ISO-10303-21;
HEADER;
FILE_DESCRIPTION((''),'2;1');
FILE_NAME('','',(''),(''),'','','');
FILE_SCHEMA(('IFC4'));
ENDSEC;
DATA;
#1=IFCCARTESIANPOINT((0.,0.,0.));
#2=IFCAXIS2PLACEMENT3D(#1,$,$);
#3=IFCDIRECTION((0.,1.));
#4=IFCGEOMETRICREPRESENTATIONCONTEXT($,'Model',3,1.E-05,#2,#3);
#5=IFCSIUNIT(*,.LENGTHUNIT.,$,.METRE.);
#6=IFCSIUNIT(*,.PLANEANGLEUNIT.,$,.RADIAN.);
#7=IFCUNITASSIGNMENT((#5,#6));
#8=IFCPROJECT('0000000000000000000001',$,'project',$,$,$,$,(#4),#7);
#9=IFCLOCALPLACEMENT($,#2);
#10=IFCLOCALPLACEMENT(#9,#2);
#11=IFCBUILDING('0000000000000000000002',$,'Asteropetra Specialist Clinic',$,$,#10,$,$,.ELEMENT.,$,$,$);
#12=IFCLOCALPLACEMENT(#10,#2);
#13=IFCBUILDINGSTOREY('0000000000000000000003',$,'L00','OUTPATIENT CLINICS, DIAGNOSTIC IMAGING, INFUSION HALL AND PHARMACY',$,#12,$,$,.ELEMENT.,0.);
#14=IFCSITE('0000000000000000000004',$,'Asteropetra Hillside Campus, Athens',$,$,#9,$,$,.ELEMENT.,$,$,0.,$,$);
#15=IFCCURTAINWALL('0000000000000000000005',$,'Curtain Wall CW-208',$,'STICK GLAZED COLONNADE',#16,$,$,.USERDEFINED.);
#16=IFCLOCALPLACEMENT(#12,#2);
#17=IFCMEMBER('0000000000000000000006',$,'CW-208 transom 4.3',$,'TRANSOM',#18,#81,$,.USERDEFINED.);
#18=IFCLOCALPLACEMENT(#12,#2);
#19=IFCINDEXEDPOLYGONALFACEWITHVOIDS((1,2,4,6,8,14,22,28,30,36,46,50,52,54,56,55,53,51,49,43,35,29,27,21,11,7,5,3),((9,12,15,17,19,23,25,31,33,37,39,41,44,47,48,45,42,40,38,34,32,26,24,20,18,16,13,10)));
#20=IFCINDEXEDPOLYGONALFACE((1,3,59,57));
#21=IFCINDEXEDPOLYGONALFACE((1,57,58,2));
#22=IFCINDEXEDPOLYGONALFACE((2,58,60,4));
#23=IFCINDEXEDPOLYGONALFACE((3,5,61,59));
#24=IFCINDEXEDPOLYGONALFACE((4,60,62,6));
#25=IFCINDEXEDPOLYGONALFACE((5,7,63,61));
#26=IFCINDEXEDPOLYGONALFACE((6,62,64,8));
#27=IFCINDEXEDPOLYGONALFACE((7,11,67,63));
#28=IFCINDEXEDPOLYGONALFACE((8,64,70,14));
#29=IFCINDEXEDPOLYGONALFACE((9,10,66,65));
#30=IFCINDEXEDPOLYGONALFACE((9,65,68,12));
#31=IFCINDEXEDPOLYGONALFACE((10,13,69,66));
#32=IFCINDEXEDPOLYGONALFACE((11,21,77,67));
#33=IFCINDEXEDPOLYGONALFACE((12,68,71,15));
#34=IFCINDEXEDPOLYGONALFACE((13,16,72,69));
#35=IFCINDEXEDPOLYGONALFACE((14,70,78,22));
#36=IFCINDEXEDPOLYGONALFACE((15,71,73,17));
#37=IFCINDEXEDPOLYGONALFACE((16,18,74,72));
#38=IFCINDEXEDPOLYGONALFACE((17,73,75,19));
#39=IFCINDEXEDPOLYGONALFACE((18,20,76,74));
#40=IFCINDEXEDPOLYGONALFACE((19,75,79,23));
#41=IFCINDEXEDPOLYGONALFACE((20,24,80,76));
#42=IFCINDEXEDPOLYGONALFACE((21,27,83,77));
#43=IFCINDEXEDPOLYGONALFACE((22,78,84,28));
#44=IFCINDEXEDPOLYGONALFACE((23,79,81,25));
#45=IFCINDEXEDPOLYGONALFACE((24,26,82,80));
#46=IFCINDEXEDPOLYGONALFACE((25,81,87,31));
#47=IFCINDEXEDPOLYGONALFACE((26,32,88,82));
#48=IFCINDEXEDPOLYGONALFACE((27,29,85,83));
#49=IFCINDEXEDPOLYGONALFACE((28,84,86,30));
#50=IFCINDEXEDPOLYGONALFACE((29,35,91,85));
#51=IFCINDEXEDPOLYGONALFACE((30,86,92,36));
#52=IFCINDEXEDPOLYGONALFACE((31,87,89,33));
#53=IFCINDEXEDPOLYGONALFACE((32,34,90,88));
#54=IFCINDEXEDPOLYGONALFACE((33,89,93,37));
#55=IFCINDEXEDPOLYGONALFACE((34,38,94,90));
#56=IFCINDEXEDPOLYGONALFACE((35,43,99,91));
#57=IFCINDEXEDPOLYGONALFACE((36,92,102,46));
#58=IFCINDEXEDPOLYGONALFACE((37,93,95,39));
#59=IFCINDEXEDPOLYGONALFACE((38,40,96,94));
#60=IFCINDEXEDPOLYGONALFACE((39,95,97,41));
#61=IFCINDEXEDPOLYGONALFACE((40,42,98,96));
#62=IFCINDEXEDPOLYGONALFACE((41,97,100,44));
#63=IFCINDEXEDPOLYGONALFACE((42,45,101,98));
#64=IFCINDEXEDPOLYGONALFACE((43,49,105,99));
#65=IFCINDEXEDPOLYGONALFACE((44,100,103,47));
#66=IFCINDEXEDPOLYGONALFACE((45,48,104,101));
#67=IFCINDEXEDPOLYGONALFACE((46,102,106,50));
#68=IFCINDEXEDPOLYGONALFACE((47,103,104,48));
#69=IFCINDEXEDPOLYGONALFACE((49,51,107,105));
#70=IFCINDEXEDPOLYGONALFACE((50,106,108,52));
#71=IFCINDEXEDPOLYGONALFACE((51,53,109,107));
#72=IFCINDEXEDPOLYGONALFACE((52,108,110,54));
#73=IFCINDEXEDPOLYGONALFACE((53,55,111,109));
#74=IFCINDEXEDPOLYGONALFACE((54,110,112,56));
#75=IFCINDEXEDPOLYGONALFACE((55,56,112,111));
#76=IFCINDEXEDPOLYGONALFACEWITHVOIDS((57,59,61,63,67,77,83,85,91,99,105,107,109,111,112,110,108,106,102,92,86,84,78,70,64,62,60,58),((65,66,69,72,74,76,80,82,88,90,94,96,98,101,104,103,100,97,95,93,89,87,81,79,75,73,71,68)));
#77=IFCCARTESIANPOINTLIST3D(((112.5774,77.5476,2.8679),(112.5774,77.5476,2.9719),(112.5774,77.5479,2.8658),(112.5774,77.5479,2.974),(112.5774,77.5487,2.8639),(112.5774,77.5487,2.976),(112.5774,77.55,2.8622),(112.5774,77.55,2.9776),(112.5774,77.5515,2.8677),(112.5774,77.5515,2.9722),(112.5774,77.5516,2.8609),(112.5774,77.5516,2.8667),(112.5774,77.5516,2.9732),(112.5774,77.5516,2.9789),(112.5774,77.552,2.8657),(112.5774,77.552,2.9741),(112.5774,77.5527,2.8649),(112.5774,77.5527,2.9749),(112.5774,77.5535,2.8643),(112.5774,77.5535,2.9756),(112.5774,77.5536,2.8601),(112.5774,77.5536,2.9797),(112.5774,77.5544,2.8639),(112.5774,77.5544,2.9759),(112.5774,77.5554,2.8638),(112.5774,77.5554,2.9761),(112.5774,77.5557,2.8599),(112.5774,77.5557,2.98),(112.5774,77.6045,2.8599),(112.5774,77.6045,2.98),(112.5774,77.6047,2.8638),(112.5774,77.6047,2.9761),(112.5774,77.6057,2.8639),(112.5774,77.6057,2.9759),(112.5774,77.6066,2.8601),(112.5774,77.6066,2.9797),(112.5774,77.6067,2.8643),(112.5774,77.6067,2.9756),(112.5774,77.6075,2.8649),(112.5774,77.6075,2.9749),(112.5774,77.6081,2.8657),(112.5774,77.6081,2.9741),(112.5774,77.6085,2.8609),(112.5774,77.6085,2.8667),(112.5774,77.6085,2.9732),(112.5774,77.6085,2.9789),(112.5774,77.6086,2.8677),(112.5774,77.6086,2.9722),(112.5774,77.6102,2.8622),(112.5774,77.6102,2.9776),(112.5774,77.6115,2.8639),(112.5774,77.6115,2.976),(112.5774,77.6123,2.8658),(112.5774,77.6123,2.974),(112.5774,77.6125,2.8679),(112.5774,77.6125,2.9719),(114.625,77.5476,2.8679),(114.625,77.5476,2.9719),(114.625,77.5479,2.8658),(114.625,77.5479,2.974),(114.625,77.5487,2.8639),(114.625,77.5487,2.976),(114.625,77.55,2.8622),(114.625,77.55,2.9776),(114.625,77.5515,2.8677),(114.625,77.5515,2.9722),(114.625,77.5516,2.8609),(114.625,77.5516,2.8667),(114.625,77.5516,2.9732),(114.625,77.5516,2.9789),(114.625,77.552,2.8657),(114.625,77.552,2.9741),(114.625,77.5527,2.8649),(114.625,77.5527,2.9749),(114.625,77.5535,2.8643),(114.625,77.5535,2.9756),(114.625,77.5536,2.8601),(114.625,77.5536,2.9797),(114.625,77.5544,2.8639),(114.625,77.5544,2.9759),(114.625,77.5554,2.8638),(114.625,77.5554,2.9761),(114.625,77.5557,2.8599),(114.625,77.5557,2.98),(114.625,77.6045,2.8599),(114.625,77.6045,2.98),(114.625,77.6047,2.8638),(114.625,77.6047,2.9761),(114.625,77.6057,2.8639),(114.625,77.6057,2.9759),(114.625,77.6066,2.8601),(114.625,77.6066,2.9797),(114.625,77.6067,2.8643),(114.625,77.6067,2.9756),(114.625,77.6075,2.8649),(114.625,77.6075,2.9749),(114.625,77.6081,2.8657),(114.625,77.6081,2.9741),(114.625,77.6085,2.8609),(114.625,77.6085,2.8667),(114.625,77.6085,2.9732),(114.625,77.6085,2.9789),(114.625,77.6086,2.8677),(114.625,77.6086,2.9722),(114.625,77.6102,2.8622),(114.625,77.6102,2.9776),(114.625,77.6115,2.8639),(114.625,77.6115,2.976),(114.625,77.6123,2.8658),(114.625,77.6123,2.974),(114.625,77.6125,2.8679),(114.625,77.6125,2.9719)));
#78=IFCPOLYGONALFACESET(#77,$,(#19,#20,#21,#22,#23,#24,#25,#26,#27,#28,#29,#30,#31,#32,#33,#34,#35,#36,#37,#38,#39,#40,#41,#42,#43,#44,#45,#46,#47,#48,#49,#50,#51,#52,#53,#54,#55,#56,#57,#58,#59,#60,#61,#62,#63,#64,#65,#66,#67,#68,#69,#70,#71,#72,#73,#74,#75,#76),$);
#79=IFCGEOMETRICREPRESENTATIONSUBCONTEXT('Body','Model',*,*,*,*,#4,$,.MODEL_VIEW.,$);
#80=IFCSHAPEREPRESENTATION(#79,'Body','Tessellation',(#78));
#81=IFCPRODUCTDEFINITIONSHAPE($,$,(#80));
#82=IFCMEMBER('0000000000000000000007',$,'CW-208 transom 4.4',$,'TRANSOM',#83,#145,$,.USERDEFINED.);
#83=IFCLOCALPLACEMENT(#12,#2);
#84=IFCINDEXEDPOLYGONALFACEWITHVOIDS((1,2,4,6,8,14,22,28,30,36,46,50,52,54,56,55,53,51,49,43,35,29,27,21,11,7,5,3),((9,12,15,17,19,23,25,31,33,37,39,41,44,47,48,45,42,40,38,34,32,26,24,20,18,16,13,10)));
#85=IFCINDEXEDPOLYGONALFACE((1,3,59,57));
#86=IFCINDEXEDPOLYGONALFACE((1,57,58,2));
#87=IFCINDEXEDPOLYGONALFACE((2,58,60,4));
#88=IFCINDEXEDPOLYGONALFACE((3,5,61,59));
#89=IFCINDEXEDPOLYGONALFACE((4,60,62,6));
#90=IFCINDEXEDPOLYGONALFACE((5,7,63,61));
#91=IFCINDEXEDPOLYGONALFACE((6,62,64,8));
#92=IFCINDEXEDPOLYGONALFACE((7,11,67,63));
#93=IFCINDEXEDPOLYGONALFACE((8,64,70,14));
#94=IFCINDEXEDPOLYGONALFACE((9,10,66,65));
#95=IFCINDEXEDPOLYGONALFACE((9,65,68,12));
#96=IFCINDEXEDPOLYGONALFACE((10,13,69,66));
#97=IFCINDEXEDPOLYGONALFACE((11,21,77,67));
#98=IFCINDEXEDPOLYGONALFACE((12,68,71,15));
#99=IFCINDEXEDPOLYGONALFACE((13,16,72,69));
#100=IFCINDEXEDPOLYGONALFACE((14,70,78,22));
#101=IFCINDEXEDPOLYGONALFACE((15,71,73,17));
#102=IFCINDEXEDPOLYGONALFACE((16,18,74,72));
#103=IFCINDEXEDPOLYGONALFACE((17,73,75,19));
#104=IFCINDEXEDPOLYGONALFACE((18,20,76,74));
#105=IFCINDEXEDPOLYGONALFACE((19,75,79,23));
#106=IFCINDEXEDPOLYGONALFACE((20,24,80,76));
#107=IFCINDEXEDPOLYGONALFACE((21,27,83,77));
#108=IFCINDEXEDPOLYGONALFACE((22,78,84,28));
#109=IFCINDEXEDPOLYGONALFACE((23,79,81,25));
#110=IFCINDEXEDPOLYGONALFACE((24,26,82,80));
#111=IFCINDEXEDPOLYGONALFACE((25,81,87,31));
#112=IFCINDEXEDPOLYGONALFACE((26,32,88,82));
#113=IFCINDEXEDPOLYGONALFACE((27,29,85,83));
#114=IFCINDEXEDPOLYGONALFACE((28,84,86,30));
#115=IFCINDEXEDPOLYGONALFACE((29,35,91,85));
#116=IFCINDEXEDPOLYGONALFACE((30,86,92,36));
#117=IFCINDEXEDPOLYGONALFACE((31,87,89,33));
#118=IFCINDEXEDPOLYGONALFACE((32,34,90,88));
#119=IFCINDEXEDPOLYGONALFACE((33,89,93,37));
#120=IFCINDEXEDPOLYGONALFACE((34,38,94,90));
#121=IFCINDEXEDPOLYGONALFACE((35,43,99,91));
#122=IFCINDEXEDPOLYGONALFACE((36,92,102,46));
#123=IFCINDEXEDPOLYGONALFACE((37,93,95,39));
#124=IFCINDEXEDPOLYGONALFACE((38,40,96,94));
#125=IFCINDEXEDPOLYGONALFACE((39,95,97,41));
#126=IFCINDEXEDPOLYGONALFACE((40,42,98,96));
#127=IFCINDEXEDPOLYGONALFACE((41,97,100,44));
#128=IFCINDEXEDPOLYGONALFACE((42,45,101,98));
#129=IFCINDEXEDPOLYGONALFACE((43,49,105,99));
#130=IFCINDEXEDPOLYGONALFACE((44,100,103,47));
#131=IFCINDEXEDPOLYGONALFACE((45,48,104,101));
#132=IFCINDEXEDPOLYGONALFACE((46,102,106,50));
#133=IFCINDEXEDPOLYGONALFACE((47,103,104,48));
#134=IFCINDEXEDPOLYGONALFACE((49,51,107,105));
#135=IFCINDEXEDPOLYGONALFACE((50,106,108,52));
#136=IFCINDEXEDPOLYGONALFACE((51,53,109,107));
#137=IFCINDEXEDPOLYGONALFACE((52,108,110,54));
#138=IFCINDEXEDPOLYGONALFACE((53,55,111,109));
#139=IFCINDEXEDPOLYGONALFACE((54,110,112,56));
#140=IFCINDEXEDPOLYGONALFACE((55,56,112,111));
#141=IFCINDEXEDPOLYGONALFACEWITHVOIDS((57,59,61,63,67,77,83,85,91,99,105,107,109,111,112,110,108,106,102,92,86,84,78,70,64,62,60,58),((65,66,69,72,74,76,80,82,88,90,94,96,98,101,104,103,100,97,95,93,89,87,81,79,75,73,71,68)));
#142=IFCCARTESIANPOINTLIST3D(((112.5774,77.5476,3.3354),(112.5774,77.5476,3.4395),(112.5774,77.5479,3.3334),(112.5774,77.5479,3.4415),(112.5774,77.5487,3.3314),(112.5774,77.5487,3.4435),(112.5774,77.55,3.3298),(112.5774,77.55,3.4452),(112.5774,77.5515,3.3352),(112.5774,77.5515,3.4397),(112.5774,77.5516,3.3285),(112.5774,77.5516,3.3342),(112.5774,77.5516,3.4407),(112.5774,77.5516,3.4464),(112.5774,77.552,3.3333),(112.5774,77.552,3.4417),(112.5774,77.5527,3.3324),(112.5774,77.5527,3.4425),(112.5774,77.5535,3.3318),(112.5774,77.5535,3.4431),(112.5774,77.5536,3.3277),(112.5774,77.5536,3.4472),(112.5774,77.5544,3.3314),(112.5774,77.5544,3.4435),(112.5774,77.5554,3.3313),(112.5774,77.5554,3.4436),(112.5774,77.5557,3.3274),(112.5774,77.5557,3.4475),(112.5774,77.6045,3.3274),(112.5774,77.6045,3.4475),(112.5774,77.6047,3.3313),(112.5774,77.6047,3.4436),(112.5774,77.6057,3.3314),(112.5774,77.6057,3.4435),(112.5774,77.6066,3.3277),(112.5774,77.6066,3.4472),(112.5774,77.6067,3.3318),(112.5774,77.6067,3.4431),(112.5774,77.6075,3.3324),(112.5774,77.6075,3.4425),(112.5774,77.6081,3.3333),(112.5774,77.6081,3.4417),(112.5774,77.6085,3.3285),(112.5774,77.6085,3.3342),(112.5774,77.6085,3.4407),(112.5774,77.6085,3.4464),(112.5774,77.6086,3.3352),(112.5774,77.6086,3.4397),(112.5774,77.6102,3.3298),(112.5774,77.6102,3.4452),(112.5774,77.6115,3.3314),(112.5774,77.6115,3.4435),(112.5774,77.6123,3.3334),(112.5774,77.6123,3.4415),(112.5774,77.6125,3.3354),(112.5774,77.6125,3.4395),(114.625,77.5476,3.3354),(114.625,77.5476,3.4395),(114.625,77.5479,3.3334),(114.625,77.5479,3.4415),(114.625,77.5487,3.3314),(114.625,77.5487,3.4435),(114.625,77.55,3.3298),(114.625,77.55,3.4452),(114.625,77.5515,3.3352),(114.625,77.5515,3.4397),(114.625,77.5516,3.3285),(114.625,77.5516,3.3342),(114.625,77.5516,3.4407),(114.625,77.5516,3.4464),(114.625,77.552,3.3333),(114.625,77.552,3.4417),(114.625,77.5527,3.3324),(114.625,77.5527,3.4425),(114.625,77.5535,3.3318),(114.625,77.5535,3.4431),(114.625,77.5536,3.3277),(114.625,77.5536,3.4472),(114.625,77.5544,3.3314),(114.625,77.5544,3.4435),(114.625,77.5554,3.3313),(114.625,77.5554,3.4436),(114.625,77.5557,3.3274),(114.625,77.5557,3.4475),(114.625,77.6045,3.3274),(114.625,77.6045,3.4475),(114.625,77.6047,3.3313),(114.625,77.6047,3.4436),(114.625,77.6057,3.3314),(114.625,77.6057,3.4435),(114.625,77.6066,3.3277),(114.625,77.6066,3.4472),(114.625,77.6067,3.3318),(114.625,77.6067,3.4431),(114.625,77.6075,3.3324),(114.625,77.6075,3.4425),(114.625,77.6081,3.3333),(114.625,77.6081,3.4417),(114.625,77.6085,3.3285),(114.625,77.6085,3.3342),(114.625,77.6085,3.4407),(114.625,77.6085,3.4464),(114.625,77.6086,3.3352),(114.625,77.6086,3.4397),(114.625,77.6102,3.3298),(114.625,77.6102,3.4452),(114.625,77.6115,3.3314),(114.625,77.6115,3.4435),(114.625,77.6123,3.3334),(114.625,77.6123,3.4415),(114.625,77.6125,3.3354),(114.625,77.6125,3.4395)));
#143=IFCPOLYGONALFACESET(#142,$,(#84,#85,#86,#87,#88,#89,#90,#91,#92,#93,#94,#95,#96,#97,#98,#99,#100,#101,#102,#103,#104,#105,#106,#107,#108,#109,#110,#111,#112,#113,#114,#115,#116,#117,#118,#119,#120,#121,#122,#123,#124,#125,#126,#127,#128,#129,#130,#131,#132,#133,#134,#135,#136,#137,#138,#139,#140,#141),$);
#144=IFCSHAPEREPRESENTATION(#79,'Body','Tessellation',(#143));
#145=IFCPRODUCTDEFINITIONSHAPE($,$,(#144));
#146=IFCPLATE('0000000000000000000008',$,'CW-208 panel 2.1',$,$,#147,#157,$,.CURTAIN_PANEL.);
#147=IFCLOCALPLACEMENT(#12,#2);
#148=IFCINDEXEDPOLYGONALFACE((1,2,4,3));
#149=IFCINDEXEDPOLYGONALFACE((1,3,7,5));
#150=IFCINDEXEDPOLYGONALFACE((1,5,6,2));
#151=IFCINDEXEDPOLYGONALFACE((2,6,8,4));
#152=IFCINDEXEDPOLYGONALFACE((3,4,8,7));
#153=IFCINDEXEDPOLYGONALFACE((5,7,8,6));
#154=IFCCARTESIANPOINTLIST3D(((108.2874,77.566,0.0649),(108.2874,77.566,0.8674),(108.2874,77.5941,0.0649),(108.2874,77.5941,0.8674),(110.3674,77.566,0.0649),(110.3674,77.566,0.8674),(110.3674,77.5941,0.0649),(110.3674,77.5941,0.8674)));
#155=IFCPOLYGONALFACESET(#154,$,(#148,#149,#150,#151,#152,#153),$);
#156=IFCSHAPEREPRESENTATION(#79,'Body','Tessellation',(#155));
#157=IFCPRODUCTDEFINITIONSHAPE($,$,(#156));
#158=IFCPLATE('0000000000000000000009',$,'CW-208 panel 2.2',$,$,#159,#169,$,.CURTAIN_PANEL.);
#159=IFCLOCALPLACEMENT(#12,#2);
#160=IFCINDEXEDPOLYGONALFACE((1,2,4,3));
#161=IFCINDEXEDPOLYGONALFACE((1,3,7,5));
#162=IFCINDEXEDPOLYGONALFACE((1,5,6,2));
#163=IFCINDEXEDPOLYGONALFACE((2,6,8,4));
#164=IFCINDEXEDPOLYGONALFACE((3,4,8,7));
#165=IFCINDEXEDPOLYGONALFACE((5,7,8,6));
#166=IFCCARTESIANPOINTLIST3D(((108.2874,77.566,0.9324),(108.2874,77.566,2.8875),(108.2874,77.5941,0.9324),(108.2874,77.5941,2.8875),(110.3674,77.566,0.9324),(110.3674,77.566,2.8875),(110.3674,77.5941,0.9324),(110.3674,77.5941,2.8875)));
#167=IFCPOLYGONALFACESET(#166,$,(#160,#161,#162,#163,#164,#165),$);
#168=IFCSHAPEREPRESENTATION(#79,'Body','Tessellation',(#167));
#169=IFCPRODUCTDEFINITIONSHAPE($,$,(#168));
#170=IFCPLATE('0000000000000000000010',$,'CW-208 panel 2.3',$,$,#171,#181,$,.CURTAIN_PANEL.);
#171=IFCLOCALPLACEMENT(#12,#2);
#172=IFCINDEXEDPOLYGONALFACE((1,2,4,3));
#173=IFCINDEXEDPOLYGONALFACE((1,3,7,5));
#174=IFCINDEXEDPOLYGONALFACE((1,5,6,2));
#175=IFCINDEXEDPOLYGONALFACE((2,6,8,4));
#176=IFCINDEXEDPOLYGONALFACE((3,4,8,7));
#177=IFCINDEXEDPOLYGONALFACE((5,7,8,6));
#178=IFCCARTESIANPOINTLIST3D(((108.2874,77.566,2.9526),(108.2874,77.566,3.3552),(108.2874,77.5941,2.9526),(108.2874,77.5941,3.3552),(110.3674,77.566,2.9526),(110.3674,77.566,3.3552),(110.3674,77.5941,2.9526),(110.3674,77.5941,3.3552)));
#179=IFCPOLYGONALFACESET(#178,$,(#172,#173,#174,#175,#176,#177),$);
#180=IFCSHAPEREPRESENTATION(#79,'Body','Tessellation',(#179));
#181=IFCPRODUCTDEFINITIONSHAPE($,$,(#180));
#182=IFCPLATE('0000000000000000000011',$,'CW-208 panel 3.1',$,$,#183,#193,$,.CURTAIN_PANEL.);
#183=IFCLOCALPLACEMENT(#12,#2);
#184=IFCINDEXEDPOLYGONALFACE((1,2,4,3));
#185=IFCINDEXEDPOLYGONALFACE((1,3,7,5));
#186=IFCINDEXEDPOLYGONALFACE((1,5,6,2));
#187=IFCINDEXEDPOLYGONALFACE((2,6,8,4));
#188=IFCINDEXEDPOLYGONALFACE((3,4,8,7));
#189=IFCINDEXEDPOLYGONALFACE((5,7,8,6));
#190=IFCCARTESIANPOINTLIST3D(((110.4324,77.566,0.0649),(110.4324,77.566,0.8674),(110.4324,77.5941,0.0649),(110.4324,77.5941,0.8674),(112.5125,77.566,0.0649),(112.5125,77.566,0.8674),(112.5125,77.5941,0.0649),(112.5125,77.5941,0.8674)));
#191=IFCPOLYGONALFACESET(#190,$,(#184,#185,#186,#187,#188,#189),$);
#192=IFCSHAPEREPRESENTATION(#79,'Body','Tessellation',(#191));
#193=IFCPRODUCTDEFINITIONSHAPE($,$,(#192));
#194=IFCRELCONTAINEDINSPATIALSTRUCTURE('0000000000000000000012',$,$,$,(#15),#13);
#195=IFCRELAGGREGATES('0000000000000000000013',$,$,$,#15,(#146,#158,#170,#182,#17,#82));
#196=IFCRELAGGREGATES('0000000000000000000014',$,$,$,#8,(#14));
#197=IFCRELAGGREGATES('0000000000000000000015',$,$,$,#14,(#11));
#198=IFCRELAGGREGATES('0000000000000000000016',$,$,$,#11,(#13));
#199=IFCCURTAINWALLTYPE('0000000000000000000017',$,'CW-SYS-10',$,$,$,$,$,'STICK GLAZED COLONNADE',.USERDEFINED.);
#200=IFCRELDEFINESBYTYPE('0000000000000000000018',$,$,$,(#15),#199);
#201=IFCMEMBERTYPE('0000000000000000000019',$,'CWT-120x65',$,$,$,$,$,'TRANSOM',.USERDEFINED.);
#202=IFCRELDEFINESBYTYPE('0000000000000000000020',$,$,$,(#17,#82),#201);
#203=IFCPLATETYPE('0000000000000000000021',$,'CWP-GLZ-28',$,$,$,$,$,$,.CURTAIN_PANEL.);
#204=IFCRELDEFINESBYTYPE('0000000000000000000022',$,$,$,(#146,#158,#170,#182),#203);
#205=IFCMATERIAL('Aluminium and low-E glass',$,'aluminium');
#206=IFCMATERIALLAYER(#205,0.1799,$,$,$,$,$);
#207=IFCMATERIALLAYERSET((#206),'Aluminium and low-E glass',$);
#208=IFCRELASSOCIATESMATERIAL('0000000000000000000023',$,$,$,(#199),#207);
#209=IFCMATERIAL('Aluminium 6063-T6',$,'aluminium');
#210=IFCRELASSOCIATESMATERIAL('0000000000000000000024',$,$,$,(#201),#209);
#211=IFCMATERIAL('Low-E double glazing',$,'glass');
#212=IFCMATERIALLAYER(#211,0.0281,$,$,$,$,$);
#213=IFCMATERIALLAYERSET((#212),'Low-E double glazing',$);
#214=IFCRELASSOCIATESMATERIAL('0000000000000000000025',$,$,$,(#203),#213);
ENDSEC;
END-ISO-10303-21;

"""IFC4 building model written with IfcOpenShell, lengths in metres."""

from ifc_helpers import new_model, si_unit, direction, frame, origin, origin_2d, place, context, subcontext, project, spatial, rectangle, hollow_rectangle, extrude, material, layer, layer_set, material_profile, profile_set, type_object, element, aggregate, save


model = new_model("IFC4")

# Units and contexts
model_context = context("Model", 3, precision=1e-05, world=origin(), true_north=direction((0.0, 1.0)))
body_context = subcontext(model_context, "Body", "Model", "MODEL_VIEW")
ifc_project = project(units=[si_unit("LENGTHUNIT", "METRE"), si_unit("PLANEANGLEUNIT", "RADIAN")], contexts=[model_context])

# Site, building, storey
site_placement = place(None, origin())
site = spatial("IfcSite", under=ifc_project, at=site_placement, Name="Asteropetra Hillside Campus, Athens", CompositionType="ELEMENT", RefElevation=0.0)
building_placement = place(site_placement, origin())
building = spatial("IfcBuilding", under=site, at=building_placement, Name="Asteropetra Specialist Clinic", CompositionType="ELEMENT")
storey_placement = place(building_placement, origin())
storey = spatial("IfcBuildingStorey", under=building, at=storey_placement, Name="L00", Description="OUTPATIENT CLINICS, DIAGNOSTIC IMAGING, INFUSION HALL AND PHARMACY", CompositionType="ELEMENT", Elevation=0.0)

# Curtain wall, members, plates
ifc_material_1 = material(Name="Aluminium and low-E glass", Category="aluminium")
ifc_layer_1 = layer(ifc_material_1, 0.1799)
ifc_layer_set_1 = layer_set([ifc_layer_1], Name="Aluminium and low-E glass")
curtain_wall_type = type_object("IfcCurtainWallType", Name="CW-SYS-10", ElementType="STICK GLAZED COLONNADE", PredefinedType="USERDEFINED", material=ifc_layer_set_1)
curtain_wall_placement = place(storey_placement, origin())
curtain_wall = element("IfcCurtainWall", 1, at=curtain_wall_placement, inside=storey, type_object=curtain_wall_type, Name="Curtain Wall CW-208", ObjectType="STICK GLAZED COLONNADE", PredefinedType="USERDEFINED")
ifc_material_2 = material(Name="Aluminium 6063-T6", Category="aluminium")
ifc_material_profile_1 = material_profile(ifc_material_2, hollow_rectangle(XDim=0.0649, YDim=0.1201, WallThickness=0.0039, InnerFilletRadius=0.0039, OuterFilletRadius=0.0081, at=origin_2d()), Name="TRN 120x65x4.0")
ifc_profile_set_1 = profile_set([ifc_material_profile_1], Name="Aluminium 6063-T6")
member_type_1 = type_object("IfcMemberType", Name="CWT-120x65", ElementType="TRANSOM", PredefinedType="USERDEFINED", material=ifc_profile_set_1)
member_1_placement = place(storey_placement, frame((112.5774, 77.5801, 2.9199), z_axis=(1.0, 0.0, 0.0), x_axis=(0.0, 1.0, 0.0)))
member_1 = element("IfcMember", 2, at=member_1_placement, type_object=member_type_1, Name="CW-208 transom 4.3", ObjectType="TRANSOM", PredefinedType="USERDEFINED", context=body_context, shape_type="SweptSolid", body=[
    extrude(hollow_rectangle(XDim=0.0649, YDim=0.1201, WallThickness=0.0039, InnerFilletRadius=0.0039, OuterFilletRadius=0.0081, at=origin_2d()), origin(), (0.0, 0.0, 1.0), 2.0476),
])
member_2_placement = place(storey_placement, frame((112.5774, 77.5801, 3.3875), z_axis=(1.0, 0.0, 0.0), x_axis=(0.0, 1.0, 0.0)))
member_2 = element("IfcMember", 3, at=member_2_placement, type_object=member_type_1, Name="CW-208 transom 4.4", ObjectType="TRANSOM", PredefinedType="USERDEFINED", context=body_context, shape_type="SweptSolid", body=[
    extrude(hollow_rectangle(XDim=0.0649, YDim=0.1201, WallThickness=0.0039, InnerFilletRadius=0.0039, OuterFilletRadius=0.0081, at=origin_2d()), origin(), (0.0, 0.0, 1.0), 2.0476),
])
ifc_material_3 = material(Name="Low-E double glazing", Category="glass")
ifc_layer_2 = layer(ifc_material_3, 0.0281)
ifc_layer_set_2 = layer_set([ifc_layer_2], Name="Low-E double glazing")
plate_type = type_object("IfcPlateType", Name="CWP-GLZ-28", PredefinedType="CURTAIN_PANEL", material=ifc_layer_set_2)
plate_1_placement = place(storey_placement, frame((109.3274, 77.5801, 0.0649), z_axis=(0.0, 0.0, 1.0), x_axis=(1.0, 0.0, 0.0)))
plate_1 = element("IfcPlate", 4, at=plate_1_placement, type_object=plate_type, Name="CW-208 panel 2.1", PredefinedType="CURTAIN_PANEL", context=body_context, shape_type="SweptSolid", body=[
    extrude(rectangle(XDim=2.0801, YDim=0.0281, at=origin_2d()), origin(), (0.0, 0.0, 1.0), 0.8025),
])
plate_2_placement = place(storey_placement, frame((109.3274, 77.5801, 0.9324), z_axis=(0.0, 0.0, 1.0), x_axis=(1.0, 0.0, 0.0)))
plate_2 = element("IfcPlate", 5, at=plate_2_placement, type_object=plate_type, Name="CW-208 panel 2.2", PredefinedType="CURTAIN_PANEL", context=body_context, shape_type="SweptSolid", body=[
    extrude(rectangle(XDim=2.0801, YDim=0.0281, at=origin_2d()), origin(), (0.0, 0.0, 1.0), 1.9551),
])
plate_3_placement = place(storey_placement, frame((109.3274, 77.5801, 2.9526), z_axis=(0.0, 0.0, 1.0), x_axis=(1.0, 0.0, 0.0)))
plate_3 = element("IfcPlate", 6, at=plate_3_placement, type_object=plate_type, Name="CW-208 panel 2.3", PredefinedType="CURTAIN_PANEL", context=body_context, shape_type="SweptSolid", body=[
    extrude(rectangle(XDim=2.0801, YDim=0.0281, at=origin_2d()), origin(), (0.0, 0.0, 1.0), 0.4026),
])
plate_4_placement = place(storey_placement, frame((111.4724, 77.5801, 0.0649), z_axis=(0.0, 0.0, 1.0), x_axis=(1.0, 0.0, 0.0)))
plate_4 = element("IfcPlate", 7, at=plate_4_placement, type_object=plate_type, Name="CW-208 panel 3.1", PredefinedType="CURTAIN_PANEL", context=body_context, shape_type="SweptSolid", body=[
    extrude(rectangle(XDim=2.0801, YDim=0.0281, at=origin_2d()), origin(), (0.0, 0.0, 1.0), 0.8025),
])
aggregate(curtain_wall, [plate_1, plate_2, plate_3, plate_4, member_1, member_2])

save(model, "model.ifc")
